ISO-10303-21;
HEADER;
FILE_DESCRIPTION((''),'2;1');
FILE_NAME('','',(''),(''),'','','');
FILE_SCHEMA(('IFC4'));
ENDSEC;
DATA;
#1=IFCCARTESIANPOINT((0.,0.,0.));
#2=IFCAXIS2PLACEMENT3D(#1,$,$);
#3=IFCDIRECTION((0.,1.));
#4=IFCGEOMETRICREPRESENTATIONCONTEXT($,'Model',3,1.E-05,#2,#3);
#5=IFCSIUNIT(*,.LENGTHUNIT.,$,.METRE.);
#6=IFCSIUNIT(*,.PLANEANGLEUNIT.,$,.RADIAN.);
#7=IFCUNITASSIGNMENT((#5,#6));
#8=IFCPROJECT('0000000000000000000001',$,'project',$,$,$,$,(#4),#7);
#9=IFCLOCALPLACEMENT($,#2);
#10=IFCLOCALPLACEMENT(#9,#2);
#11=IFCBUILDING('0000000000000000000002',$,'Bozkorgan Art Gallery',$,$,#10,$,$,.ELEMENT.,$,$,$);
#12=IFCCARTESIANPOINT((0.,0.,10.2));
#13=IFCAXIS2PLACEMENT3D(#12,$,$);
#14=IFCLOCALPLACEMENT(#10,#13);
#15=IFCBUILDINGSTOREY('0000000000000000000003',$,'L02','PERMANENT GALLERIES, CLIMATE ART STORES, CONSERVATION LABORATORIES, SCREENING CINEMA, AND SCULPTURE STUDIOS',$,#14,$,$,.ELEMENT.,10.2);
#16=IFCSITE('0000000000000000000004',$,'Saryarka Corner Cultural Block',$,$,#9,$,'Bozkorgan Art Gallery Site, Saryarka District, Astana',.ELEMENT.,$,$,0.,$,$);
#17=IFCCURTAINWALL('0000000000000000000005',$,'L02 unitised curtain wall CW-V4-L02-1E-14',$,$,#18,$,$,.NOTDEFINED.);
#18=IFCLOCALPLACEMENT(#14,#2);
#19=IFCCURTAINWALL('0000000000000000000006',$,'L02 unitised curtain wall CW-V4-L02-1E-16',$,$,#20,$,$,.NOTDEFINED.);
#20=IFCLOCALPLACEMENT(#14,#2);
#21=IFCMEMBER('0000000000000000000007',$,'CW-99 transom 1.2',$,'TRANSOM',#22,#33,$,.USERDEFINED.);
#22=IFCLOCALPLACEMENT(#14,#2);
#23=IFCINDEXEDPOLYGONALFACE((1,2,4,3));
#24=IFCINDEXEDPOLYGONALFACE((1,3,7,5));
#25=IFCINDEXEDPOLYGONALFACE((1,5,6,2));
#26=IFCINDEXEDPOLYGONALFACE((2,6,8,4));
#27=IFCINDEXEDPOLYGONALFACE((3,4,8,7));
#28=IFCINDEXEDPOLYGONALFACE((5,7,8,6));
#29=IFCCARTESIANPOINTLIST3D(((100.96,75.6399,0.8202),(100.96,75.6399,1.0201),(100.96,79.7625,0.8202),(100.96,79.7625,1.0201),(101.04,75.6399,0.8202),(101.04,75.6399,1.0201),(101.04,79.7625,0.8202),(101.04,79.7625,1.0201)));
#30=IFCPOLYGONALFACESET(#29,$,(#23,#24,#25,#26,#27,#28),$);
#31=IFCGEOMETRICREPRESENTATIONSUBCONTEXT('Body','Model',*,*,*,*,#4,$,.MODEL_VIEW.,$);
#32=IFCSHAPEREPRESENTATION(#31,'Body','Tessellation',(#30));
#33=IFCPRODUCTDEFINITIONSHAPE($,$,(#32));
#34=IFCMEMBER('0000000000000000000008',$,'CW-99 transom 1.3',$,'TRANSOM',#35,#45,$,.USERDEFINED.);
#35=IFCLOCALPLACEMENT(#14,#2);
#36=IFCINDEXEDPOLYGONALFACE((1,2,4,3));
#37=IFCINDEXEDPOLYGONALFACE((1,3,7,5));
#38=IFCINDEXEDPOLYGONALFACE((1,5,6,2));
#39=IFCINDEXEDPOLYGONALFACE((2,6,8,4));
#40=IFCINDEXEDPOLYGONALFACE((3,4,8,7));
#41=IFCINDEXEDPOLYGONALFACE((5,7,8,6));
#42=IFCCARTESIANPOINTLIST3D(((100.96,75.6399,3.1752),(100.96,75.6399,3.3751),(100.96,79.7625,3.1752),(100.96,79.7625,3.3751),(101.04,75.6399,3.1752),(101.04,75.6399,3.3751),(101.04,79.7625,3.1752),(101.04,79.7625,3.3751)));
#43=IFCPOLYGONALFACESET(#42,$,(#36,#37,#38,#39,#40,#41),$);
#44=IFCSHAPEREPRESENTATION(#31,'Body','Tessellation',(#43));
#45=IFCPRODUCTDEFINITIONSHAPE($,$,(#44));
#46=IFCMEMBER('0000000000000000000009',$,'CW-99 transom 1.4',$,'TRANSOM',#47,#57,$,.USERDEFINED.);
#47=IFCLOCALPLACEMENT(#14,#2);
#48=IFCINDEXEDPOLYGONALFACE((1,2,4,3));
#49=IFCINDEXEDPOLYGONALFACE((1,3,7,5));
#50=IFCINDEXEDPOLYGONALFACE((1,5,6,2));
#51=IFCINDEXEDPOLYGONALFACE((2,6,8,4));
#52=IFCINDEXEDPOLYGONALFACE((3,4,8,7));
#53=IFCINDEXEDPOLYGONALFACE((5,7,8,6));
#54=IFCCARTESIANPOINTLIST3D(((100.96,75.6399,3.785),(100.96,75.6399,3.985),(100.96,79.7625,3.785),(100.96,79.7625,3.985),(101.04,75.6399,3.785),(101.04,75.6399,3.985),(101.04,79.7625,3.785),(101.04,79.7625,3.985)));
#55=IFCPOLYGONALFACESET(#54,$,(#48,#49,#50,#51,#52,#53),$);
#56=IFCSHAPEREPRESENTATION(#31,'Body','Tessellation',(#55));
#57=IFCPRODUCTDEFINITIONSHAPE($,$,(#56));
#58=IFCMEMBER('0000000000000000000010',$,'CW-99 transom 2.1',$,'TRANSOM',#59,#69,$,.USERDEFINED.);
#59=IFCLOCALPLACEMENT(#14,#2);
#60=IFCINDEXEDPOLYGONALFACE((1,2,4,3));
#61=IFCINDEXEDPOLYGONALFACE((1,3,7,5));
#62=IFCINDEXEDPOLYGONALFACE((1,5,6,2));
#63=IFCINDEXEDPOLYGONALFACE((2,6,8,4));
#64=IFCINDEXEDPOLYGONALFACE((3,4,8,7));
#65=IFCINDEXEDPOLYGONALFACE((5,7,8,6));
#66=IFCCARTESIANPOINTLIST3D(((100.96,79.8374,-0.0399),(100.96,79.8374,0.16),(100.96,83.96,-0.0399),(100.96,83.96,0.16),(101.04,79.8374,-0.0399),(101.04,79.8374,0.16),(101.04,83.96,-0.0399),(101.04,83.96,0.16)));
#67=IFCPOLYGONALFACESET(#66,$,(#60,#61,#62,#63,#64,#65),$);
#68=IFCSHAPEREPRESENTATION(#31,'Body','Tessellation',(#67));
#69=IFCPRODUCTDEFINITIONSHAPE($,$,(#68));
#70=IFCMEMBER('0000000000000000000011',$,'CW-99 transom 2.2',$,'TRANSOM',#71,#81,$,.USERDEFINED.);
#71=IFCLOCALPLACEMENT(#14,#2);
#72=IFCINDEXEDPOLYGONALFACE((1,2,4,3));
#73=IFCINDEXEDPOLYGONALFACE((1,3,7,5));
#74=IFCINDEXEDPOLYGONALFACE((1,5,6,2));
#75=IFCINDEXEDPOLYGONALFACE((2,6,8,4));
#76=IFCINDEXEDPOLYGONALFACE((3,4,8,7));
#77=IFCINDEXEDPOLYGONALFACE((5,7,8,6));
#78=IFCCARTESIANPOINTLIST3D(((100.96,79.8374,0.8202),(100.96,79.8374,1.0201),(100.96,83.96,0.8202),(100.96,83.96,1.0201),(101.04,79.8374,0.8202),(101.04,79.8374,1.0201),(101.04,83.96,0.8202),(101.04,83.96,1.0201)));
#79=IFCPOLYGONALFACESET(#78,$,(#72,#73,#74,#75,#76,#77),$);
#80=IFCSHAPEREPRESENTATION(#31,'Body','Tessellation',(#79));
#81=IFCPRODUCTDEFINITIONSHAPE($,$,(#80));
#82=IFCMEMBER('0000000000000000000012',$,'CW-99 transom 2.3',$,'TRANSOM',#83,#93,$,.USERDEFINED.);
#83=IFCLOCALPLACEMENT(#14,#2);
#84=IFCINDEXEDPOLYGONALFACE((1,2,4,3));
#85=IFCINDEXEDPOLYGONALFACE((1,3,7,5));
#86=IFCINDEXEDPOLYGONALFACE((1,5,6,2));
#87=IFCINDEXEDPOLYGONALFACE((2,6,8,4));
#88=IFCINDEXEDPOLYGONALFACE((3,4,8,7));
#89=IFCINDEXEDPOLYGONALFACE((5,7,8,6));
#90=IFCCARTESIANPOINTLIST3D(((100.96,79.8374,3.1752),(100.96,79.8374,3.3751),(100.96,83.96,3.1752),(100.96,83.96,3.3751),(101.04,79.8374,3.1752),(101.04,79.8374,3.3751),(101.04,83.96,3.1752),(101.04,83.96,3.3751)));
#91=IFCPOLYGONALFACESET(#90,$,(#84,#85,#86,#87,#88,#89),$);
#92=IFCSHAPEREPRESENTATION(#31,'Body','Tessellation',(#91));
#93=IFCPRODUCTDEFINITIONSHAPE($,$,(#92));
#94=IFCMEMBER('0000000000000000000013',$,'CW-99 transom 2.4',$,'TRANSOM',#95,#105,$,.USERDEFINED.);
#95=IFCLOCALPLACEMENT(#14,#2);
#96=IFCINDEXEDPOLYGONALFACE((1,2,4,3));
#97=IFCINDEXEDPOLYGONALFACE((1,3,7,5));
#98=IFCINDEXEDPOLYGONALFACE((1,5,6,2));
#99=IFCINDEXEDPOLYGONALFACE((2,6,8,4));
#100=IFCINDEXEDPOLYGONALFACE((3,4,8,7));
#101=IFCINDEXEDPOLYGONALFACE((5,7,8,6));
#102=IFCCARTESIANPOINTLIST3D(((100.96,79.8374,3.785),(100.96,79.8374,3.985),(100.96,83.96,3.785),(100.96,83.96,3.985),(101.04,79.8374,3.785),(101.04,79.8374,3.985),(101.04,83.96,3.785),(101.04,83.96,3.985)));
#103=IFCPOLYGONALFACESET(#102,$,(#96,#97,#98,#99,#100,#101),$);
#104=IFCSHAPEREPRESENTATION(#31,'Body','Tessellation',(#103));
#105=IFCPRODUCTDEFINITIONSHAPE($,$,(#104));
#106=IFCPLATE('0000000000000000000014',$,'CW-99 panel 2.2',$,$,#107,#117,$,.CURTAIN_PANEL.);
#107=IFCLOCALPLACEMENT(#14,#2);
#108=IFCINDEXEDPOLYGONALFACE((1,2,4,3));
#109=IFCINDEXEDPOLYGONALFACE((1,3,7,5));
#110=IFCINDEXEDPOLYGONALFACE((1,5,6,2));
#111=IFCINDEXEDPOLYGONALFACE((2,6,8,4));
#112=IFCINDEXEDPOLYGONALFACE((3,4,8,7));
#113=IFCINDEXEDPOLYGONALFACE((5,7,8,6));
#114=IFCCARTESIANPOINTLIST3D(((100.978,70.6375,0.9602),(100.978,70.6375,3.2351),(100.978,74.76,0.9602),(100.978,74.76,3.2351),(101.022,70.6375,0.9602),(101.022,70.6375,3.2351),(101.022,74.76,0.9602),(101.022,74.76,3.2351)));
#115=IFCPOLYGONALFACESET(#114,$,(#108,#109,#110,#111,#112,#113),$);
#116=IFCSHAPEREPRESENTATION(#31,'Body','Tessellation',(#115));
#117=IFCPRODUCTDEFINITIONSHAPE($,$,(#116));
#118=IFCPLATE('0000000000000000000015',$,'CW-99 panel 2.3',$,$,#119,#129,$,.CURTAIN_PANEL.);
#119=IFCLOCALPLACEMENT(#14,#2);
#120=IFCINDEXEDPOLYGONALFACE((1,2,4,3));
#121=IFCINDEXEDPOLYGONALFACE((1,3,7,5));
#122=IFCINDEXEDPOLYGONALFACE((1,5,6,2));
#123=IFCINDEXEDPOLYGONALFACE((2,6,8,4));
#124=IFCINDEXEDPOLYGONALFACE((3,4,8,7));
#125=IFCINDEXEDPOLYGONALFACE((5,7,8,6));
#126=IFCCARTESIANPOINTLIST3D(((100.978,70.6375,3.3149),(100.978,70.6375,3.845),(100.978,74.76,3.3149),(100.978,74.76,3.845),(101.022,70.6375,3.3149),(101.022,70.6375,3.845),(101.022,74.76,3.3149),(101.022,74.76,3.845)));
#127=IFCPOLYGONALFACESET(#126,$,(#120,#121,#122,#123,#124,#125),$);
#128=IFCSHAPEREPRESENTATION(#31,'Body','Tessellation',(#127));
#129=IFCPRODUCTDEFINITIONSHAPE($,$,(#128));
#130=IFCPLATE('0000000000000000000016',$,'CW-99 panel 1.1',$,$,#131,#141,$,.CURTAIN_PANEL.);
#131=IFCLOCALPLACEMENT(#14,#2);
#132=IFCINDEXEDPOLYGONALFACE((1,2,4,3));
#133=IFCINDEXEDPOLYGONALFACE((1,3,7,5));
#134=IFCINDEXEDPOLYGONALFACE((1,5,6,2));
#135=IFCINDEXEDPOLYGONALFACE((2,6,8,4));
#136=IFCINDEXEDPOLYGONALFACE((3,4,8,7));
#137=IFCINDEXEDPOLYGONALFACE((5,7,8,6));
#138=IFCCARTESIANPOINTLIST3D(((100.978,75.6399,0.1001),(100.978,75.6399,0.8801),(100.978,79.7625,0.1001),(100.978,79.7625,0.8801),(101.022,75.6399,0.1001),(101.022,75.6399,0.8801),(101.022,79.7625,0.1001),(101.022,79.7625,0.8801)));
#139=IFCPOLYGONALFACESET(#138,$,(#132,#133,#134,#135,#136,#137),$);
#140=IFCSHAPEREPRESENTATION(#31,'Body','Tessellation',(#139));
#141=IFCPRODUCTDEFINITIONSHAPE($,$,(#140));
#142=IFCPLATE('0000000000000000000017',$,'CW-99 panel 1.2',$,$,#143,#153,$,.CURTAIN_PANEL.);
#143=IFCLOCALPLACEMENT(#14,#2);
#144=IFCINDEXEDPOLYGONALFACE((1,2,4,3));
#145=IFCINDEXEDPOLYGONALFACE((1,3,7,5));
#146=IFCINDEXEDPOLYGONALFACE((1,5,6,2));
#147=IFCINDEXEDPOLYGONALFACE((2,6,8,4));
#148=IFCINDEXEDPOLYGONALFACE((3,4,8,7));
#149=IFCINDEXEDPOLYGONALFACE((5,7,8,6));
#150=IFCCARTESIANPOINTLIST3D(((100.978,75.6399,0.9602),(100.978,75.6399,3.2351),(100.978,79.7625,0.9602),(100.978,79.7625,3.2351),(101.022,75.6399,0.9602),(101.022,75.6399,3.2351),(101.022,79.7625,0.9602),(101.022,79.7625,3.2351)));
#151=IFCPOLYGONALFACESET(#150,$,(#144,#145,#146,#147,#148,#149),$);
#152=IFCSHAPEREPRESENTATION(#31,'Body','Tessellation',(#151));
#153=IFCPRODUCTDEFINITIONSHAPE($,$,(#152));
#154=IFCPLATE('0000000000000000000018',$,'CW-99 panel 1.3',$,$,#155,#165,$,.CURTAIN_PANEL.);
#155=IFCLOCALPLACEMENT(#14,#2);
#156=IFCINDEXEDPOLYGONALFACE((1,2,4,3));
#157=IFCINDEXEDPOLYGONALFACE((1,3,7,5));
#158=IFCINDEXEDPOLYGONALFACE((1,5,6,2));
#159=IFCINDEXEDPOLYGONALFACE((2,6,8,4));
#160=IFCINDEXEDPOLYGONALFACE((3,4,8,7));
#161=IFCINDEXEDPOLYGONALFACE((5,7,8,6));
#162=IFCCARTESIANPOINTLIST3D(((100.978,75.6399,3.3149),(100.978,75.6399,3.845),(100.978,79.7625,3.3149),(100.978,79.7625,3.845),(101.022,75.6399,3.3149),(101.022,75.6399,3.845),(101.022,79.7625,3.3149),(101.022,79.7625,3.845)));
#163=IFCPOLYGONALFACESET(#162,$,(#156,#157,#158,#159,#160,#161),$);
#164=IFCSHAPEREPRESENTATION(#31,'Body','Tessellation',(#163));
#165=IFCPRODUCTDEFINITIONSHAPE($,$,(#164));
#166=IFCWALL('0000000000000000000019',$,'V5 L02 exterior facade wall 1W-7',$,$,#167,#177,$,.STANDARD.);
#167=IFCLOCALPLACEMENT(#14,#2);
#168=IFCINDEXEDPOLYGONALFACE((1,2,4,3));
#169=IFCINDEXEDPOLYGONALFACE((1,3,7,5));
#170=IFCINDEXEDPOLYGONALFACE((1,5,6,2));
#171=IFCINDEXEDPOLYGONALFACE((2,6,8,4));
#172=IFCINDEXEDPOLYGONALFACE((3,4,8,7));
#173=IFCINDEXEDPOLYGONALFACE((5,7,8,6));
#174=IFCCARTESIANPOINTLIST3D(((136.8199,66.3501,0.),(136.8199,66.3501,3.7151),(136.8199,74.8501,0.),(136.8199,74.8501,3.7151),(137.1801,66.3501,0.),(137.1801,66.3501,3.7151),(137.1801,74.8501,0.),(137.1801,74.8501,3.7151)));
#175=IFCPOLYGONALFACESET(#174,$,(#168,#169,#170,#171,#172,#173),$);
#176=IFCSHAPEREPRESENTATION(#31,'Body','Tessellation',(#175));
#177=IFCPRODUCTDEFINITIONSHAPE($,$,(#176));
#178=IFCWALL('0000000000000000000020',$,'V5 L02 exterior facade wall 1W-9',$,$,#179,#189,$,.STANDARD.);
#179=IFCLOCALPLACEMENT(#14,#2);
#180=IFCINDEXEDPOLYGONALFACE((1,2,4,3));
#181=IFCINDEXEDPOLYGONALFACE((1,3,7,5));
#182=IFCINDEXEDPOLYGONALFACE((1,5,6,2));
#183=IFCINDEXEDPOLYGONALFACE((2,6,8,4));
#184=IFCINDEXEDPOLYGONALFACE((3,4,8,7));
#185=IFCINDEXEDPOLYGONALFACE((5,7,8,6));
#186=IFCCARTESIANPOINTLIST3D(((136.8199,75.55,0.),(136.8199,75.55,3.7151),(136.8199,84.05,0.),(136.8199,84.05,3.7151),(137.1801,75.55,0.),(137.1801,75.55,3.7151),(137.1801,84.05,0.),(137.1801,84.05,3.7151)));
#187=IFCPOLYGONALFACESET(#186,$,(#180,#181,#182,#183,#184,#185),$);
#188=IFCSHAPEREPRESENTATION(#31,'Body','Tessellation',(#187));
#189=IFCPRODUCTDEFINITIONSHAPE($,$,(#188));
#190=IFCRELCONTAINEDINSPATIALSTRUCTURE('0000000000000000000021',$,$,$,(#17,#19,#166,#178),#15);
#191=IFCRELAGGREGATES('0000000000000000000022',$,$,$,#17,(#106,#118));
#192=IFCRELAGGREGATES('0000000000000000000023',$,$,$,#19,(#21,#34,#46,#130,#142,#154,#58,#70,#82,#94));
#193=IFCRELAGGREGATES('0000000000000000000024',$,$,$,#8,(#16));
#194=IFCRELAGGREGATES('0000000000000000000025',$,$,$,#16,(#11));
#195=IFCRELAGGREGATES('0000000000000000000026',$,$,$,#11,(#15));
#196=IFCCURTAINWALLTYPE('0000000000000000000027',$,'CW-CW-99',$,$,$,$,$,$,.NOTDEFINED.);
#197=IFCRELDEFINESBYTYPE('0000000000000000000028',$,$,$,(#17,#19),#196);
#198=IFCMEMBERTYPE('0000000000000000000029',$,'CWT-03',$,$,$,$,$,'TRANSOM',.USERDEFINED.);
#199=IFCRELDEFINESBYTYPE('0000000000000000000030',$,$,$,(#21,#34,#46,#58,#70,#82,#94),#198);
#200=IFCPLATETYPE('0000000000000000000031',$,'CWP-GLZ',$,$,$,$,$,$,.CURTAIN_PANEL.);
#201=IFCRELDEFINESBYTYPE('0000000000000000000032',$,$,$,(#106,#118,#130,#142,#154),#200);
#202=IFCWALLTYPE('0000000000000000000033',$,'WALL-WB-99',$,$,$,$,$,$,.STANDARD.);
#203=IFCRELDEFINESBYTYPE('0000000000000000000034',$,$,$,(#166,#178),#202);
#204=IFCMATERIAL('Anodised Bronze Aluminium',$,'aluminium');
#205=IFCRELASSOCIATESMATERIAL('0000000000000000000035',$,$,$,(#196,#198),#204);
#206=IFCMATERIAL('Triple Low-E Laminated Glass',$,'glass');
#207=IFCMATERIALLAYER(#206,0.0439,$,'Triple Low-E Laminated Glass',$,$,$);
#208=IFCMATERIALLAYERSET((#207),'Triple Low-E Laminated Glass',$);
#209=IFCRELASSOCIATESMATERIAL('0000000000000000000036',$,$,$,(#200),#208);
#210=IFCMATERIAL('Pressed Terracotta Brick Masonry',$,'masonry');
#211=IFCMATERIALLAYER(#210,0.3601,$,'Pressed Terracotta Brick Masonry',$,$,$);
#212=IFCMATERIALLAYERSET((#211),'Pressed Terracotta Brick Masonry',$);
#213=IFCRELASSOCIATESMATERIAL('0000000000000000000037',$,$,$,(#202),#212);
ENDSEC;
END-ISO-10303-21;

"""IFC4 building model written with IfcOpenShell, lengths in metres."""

from ifc_helpers import new_model, si_unit, direction, frame, frame_2d, origin, origin_2d, place, context, subcontext, project, spatial, rectangle, extrude, material, layer, layer_set, material_profile, profile_set, type_object, element, aggregate, save


model = new_model("IFC4")

# Units and contexts
model_context = context("Model", 3, precision=1e-05, world=origin(), true_north=direction((0.0, 1.0)))
body_context = subcontext(model_context, "Body", "Model", "MODEL_VIEW")
ifc_project = project(units=[si_unit("LENGTHUNIT", "METRE"), si_unit("PLANEANGLEUNIT", "RADIAN")], contexts=[model_context])

# Site, building, storey
site_placement = place(None, origin())
site = spatial("IfcSite", under=ifc_project, at=site_placement, Name="Saryarka Corner Cultural Block", LongName="Bozkorgan Art Gallery Site, Saryarka District, Astana", CompositionType="ELEMENT", RefElevation=0.0)
building_placement = place(site_placement, origin())
building = spatial("IfcBuilding", under=site, at=building_placement, Name="Bozkorgan Art Gallery", CompositionType="ELEMENT")
storey_placement = place(building_placement, frame((0.0, 0.0, 10.2)))
storey = spatial("IfcBuildingStorey", under=building, at=storey_placement, Name="L02", Description="PERMANENT GALLERIES, CLIMATE ART STORES, CONSERVATION LABORATORIES, SCREENING CINEMA, AND SCULPTURE STUDIOS", CompositionType="ELEMENT", Elevation=10.2)

# Curtain wall
ifc_material_1 = material(Name="Anodised Bronze Aluminium", Category="aluminium")
curtain_wall_type = type_object("IfcCurtainWallType", Name="CW-CW-99", PredefinedType="NOTDEFINED", material=ifc_material_1)
curtain_wall_1_placement = place(storey_placement, origin())
curtain_wall_1 = element("IfcCurtainWall", 1, at=curtain_wall_1_placement, inside=storey, type_object=curtain_wall_type, Name="L02 unitised curtain wall CW-V4-L02-1E-14", PredefinedType="NOTDEFINED")

# Curtain wall, members
curtain_wall_2_placement = place(storey_placement, origin())
curtain_wall_2 = element("IfcCurtainWall", 2, at=curtain_wall_2_placement, inside=storey, type_object=curtain_wall_type, Name="L02 unitised curtain wall CW-V4-L02-1E-16", PredefinedType="NOTDEFINED")
ifc_material_profile_1 = material_profile(ifc_material_1, rectangle(XDim=0.0801, YDim=0.2, at=origin_2d()), Name="ALU TRANSOM 80x200")
ifc_profile_set_1 = profile_set([ifc_material_profile_1], Name="Anodised Bronze Aluminium")
member_type_1 = type_object("IfcMemberType", Name="CWT-03", ElementType="TRANSOM", PredefinedType="USERDEFINED", material=ifc_profile_set_1)
member_1_placement = place(storey_placement, frame((101.0, 75.6399, 0.9202), z_axis=(0.0, 1.0, 0.0), x_axis=(-1.0, 0.0, 0.0)))
member_1 = element("IfcMember", 3, at=member_1_placement, type_object=member_type_1, Name="CW-99 transom 1.2", ObjectType="TRANSOM", PredefinedType="USERDEFINED", context=body_context, shape_type="SweptSolid", body=[
    extrude(rectangle(XDim=0.0801, YDim=0.2, at=origin_2d()), origin(), (0.0, 0.0, 1.0), 4.1226),
])
member_2_placement = place(storey_placement, frame((101.0, 75.6399, 3.2751), z_axis=(0.0, 1.0, 0.0), x_axis=(-1.0, 0.0, 0.0)))
member_2 = element("IfcMember", 4, at=member_2_placement, type_object=member_type_1, Name="CW-99 transom 1.3", ObjectType="TRANSOM", PredefinedType="USERDEFINED", context=body_context, shape_type="SweptSolid", body=[
    extrude(rectangle(XDim=0.0801, YDim=0.2, at=origin_2d()), origin(), (0.0, 0.0, 1.0), 4.1226),
])
member_3_placement = place(storey_placement, frame((101.0, 75.6399, 3.885), z_axis=(0.0, 1.0, 0.0), x_axis=(-1.0, 0.0, 0.0)))
member_3 = element("IfcMember", 5, at=member_3_placement, type_object=member_type_1, Name="CW-99 transom 1.4", ObjectType="TRANSOM", PredefinedType="USERDEFINED", context=body_context, shape_type="SweptSolid", body=[
    extrude(rectangle(XDim=0.0801, YDim=0.2, at=origin_2d()), origin(), (0.0, 0.0, 1.0), 4.1226),
])
member_4_placement = place(storey_placement, frame((101.0, 79.8374, 0.0601), z_axis=(0.0, 1.0, 0.0), x_axis=(-1.0, 0.0, 0.0)))
member_4 = element("IfcMember", 6, at=member_4_placement, type_object=member_type_1, Name="CW-99 transom 2.1", ObjectType="TRANSOM", PredefinedType="USERDEFINED", context=body_context, shape_type="SweptSolid", body=[
    extrude(rectangle(XDim=0.0801, YDim=0.2, at=origin_2d()), origin(), (0.0, 0.0, 1.0), 4.1226),
])
member_5_placement = place(storey_placement, frame((101.0, 79.8374, 0.9202), z_axis=(0.0, 1.0, 0.0), x_axis=(-1.0, 0.0, 0.0)))
member_5 = element("IfcMember", 7, at=member_5_placement, type_object=member_type_1, Name="CW-99 transom 2.2", ObjectType="TRANSOM", PredefinedType="USERDEFINED", context=body_context, shape_type="SweptSolid", body=[
    extrude(rectangle(XDim=0.0801, YDim=0.2, at=origin_2d()), origin(), (0.0, 0.0, 1.0), 4.1226),
])
member_6_placement = place(storey_placement, frame((101.0, 79.8374, 3.2751), z_axis=(0.0, 1.0, 0.0), x_axis=(-1.0, 0.0, 0.0)))
member_6 = element("IfcMember", 8, at=member_6_placement, type_object=member_type_1, Name="CW-99 transom 2.3", ObjectType="TRANSOM", PredefinedType="USERDEFINED", context=body_context, shape_type="SweptSolid", body=[
    extrude(rectangle(XDim=0.0801, YDim=0.2, at=origin_2d()), origin(), (0.0, 0.0, 1.0), 4.1226),
])
member_7_placement = place(storey_placement, frame((101.0, 79.8374, 3.885), z_axis=(0.0, 1.0, 0.0), x_axis=(-1.0, 0.0, 0.0)))
member_7 = element("IfcMember", 9, at=member_7_placement, type_object=member_type_1, Name="CW-99 transom 2.4", ObjectType="TRANSOM", PredefinedType="USERDEFINED", context=body_context, shape_type="SweptSolid", body=[
    extrude(rectangle(XDim=0.0801, YDim=0.2, at=origin_2d()), origin(), (0.0, 0.0, 1.0), 4.1226),
])

# Plates
ifc_material_2 = material(Name="Triple Low-E Laminated Glass", Category="glass")
ifc_layer_1 = layer(ifc_material_2, 0.0439, Name="Triple Low-E Laminated Glass")
ifc_layer_set_1 = layer_set([ifc_layer_1], Name="Triple Low-E Laminated Glass")
plate_type = type_object("IfcPlateType", Name="CWP-GLZ", PredefinedType="CURTAIN_PANEL", material=ifc_layer_set_1)
plate_1_placement = place(storey_placement, frame((101.0, 72.6987, 0.9602), z_axis=(0.0, 0.0, 1.0), x_axis=(0.0, 1.0, 0.0)))
plate_1 = element("IfcPlate", 10, at=plate_1_placement, type_object=plate_type, Name="CW-99 panel 2.2", PredefinedType="CURTAIN_PANEL", context=body_context, shape_type="SweptSolid", body=[
    extrude(rectangle(XDim=4.1226, YDim=0.0439, at=origin_2d()), origin(), (0.0, 0.0, 1.0), 2.2749),
])
plate_2_placement = place(storey_placement, frame((101.0, 72.6987, 3.3149), z_axis=(0.0, 0.0, 1.0), x_axis=(0.0, 1.0, 0.0)))
plate_2 = element("IfcPlate", 11, at=plate_2_placement, type_object=plate_type, Name="CW-99 panel 2.3", PredefinedType="CURTAIN_PANEL", context=body_context, shape_type="SweptSolid", body=[
    extrude(rectangle(XDim=4.1226, YDim=0.0439, at=origin_2d()), origin(), (0.0, 0.0, 1.0), 0.53),
])
aggregate(curtain_wall_1, [plate_1, plate_2])
plate_3_placement = place(storey_placement, frame((101.0, 77.7012, 0.1001), z_axis=(0.0, 0.0, 1.0), x_axis=(0.0, 1.0, 0.0)))
plate_3 = element("IfcPlate", 12, at=plate_3_placement, type_object=plate_type, Name="CW-99 panel 1.1", PredefinedType="CURTAIN_PANEL", context=body_context, shape_type="SweptSolid", body=[
    extrude(rectangle(XDim=4.1226, YDim=0.0439, at=origin_2d()), origin(), (0.0, 0.0, 1.0), 0.78),
])
plate_4_placement = place(storey_placement, frame((101.0, 77.7012, 0.9602), z_axis=(0.0, 0.0, 1.0), x_axis=(0.0, 1.0, 0.0)))
plate_4 = element("IfcPlate", 13, at=plate_4_placement, type_object=plate_type, Name="CW-99 panel 1.2", PredefinedType="CURTAIN_PANEL", context=body_context, shape_type="SweptSolid", body=[
    extrude(rectangle(XDim=4.1226, YDim=0.0439, at=origin_2d()), origin(), (0.0, 0.0, 1.0), 2.2749),
])
plate_5_placement = place(storey_placement, frame((101.0, 77.7012, 3.3149), z_axis=(0.0, 0.0, 1.0), x_axis=(0.0, 1.0, 0.0)))
plate_5 = element("IfcPlate", 14, at=plate_5_placement, type_object=plate_type, Name="CW-99 panel 1.3", PredefinedType="CURTAIN_PANEL", context=body_context, shape_type="SweptSolid", body=[
    extrude(rectangle(XDim=4.1226, YDim=0.0439, at=origin_2d()), origin(), (0.0, 0.0, 1.0), 0.53),
])
aggregate(curtain_wall_2, [member_1, member_2, member_3, plate_3, plate_4, plate_5, member_4, member_5, member_6, member_7])

# Walls
ifc_material_3 = material(Name="Pressed Terracotta Brick Masonry", Category="masonry")
ifc_layer_2 = layer(ifc_material_3, 0.3601, Name="Pressed Terracotta Brick Masonry")
ifc_layer_set_2 = layer_set([ifc_layer_2], Name="Pressed Terracotta Brick Masonry")
wall_type = type_object("IfcWallType", Name="WALL-WB-99", PredefinedType="STANDARD", material=ifc_layer_set_2)
for number, where, z_axis, x_axis, name in (
    (15, (137.0, 66.3501, 0.0), (0.0, 0.0, 1.0), (0.0, 1.0, 0.0), "V5 L02 exterior facade wall 1W-7"),
    (16, (137.0, 75.55, 0.0), (0.0, 0.0, 1.0), (0.0, 1.0, 0.0), "V5 L02 exterior facade wall 1W-9"),
):
    element("IfcWall", number, at=place(storey_placement, frame(where, z_axis=z_axis, x_axis=x_axis)), inside=storey, type_object=wall_type, Name=name, PredefinedType="STANDARD", context=body_context, shape_type="SweptSolid", body=[
        extrude(rectangle(XDim=8.5, YDim=0.3601, at=frame_2d((4.25, 0.0))), origin(), (0.0, 0.0, 1.0), 3.7151),
    ])

save(model, "model.ifc")
